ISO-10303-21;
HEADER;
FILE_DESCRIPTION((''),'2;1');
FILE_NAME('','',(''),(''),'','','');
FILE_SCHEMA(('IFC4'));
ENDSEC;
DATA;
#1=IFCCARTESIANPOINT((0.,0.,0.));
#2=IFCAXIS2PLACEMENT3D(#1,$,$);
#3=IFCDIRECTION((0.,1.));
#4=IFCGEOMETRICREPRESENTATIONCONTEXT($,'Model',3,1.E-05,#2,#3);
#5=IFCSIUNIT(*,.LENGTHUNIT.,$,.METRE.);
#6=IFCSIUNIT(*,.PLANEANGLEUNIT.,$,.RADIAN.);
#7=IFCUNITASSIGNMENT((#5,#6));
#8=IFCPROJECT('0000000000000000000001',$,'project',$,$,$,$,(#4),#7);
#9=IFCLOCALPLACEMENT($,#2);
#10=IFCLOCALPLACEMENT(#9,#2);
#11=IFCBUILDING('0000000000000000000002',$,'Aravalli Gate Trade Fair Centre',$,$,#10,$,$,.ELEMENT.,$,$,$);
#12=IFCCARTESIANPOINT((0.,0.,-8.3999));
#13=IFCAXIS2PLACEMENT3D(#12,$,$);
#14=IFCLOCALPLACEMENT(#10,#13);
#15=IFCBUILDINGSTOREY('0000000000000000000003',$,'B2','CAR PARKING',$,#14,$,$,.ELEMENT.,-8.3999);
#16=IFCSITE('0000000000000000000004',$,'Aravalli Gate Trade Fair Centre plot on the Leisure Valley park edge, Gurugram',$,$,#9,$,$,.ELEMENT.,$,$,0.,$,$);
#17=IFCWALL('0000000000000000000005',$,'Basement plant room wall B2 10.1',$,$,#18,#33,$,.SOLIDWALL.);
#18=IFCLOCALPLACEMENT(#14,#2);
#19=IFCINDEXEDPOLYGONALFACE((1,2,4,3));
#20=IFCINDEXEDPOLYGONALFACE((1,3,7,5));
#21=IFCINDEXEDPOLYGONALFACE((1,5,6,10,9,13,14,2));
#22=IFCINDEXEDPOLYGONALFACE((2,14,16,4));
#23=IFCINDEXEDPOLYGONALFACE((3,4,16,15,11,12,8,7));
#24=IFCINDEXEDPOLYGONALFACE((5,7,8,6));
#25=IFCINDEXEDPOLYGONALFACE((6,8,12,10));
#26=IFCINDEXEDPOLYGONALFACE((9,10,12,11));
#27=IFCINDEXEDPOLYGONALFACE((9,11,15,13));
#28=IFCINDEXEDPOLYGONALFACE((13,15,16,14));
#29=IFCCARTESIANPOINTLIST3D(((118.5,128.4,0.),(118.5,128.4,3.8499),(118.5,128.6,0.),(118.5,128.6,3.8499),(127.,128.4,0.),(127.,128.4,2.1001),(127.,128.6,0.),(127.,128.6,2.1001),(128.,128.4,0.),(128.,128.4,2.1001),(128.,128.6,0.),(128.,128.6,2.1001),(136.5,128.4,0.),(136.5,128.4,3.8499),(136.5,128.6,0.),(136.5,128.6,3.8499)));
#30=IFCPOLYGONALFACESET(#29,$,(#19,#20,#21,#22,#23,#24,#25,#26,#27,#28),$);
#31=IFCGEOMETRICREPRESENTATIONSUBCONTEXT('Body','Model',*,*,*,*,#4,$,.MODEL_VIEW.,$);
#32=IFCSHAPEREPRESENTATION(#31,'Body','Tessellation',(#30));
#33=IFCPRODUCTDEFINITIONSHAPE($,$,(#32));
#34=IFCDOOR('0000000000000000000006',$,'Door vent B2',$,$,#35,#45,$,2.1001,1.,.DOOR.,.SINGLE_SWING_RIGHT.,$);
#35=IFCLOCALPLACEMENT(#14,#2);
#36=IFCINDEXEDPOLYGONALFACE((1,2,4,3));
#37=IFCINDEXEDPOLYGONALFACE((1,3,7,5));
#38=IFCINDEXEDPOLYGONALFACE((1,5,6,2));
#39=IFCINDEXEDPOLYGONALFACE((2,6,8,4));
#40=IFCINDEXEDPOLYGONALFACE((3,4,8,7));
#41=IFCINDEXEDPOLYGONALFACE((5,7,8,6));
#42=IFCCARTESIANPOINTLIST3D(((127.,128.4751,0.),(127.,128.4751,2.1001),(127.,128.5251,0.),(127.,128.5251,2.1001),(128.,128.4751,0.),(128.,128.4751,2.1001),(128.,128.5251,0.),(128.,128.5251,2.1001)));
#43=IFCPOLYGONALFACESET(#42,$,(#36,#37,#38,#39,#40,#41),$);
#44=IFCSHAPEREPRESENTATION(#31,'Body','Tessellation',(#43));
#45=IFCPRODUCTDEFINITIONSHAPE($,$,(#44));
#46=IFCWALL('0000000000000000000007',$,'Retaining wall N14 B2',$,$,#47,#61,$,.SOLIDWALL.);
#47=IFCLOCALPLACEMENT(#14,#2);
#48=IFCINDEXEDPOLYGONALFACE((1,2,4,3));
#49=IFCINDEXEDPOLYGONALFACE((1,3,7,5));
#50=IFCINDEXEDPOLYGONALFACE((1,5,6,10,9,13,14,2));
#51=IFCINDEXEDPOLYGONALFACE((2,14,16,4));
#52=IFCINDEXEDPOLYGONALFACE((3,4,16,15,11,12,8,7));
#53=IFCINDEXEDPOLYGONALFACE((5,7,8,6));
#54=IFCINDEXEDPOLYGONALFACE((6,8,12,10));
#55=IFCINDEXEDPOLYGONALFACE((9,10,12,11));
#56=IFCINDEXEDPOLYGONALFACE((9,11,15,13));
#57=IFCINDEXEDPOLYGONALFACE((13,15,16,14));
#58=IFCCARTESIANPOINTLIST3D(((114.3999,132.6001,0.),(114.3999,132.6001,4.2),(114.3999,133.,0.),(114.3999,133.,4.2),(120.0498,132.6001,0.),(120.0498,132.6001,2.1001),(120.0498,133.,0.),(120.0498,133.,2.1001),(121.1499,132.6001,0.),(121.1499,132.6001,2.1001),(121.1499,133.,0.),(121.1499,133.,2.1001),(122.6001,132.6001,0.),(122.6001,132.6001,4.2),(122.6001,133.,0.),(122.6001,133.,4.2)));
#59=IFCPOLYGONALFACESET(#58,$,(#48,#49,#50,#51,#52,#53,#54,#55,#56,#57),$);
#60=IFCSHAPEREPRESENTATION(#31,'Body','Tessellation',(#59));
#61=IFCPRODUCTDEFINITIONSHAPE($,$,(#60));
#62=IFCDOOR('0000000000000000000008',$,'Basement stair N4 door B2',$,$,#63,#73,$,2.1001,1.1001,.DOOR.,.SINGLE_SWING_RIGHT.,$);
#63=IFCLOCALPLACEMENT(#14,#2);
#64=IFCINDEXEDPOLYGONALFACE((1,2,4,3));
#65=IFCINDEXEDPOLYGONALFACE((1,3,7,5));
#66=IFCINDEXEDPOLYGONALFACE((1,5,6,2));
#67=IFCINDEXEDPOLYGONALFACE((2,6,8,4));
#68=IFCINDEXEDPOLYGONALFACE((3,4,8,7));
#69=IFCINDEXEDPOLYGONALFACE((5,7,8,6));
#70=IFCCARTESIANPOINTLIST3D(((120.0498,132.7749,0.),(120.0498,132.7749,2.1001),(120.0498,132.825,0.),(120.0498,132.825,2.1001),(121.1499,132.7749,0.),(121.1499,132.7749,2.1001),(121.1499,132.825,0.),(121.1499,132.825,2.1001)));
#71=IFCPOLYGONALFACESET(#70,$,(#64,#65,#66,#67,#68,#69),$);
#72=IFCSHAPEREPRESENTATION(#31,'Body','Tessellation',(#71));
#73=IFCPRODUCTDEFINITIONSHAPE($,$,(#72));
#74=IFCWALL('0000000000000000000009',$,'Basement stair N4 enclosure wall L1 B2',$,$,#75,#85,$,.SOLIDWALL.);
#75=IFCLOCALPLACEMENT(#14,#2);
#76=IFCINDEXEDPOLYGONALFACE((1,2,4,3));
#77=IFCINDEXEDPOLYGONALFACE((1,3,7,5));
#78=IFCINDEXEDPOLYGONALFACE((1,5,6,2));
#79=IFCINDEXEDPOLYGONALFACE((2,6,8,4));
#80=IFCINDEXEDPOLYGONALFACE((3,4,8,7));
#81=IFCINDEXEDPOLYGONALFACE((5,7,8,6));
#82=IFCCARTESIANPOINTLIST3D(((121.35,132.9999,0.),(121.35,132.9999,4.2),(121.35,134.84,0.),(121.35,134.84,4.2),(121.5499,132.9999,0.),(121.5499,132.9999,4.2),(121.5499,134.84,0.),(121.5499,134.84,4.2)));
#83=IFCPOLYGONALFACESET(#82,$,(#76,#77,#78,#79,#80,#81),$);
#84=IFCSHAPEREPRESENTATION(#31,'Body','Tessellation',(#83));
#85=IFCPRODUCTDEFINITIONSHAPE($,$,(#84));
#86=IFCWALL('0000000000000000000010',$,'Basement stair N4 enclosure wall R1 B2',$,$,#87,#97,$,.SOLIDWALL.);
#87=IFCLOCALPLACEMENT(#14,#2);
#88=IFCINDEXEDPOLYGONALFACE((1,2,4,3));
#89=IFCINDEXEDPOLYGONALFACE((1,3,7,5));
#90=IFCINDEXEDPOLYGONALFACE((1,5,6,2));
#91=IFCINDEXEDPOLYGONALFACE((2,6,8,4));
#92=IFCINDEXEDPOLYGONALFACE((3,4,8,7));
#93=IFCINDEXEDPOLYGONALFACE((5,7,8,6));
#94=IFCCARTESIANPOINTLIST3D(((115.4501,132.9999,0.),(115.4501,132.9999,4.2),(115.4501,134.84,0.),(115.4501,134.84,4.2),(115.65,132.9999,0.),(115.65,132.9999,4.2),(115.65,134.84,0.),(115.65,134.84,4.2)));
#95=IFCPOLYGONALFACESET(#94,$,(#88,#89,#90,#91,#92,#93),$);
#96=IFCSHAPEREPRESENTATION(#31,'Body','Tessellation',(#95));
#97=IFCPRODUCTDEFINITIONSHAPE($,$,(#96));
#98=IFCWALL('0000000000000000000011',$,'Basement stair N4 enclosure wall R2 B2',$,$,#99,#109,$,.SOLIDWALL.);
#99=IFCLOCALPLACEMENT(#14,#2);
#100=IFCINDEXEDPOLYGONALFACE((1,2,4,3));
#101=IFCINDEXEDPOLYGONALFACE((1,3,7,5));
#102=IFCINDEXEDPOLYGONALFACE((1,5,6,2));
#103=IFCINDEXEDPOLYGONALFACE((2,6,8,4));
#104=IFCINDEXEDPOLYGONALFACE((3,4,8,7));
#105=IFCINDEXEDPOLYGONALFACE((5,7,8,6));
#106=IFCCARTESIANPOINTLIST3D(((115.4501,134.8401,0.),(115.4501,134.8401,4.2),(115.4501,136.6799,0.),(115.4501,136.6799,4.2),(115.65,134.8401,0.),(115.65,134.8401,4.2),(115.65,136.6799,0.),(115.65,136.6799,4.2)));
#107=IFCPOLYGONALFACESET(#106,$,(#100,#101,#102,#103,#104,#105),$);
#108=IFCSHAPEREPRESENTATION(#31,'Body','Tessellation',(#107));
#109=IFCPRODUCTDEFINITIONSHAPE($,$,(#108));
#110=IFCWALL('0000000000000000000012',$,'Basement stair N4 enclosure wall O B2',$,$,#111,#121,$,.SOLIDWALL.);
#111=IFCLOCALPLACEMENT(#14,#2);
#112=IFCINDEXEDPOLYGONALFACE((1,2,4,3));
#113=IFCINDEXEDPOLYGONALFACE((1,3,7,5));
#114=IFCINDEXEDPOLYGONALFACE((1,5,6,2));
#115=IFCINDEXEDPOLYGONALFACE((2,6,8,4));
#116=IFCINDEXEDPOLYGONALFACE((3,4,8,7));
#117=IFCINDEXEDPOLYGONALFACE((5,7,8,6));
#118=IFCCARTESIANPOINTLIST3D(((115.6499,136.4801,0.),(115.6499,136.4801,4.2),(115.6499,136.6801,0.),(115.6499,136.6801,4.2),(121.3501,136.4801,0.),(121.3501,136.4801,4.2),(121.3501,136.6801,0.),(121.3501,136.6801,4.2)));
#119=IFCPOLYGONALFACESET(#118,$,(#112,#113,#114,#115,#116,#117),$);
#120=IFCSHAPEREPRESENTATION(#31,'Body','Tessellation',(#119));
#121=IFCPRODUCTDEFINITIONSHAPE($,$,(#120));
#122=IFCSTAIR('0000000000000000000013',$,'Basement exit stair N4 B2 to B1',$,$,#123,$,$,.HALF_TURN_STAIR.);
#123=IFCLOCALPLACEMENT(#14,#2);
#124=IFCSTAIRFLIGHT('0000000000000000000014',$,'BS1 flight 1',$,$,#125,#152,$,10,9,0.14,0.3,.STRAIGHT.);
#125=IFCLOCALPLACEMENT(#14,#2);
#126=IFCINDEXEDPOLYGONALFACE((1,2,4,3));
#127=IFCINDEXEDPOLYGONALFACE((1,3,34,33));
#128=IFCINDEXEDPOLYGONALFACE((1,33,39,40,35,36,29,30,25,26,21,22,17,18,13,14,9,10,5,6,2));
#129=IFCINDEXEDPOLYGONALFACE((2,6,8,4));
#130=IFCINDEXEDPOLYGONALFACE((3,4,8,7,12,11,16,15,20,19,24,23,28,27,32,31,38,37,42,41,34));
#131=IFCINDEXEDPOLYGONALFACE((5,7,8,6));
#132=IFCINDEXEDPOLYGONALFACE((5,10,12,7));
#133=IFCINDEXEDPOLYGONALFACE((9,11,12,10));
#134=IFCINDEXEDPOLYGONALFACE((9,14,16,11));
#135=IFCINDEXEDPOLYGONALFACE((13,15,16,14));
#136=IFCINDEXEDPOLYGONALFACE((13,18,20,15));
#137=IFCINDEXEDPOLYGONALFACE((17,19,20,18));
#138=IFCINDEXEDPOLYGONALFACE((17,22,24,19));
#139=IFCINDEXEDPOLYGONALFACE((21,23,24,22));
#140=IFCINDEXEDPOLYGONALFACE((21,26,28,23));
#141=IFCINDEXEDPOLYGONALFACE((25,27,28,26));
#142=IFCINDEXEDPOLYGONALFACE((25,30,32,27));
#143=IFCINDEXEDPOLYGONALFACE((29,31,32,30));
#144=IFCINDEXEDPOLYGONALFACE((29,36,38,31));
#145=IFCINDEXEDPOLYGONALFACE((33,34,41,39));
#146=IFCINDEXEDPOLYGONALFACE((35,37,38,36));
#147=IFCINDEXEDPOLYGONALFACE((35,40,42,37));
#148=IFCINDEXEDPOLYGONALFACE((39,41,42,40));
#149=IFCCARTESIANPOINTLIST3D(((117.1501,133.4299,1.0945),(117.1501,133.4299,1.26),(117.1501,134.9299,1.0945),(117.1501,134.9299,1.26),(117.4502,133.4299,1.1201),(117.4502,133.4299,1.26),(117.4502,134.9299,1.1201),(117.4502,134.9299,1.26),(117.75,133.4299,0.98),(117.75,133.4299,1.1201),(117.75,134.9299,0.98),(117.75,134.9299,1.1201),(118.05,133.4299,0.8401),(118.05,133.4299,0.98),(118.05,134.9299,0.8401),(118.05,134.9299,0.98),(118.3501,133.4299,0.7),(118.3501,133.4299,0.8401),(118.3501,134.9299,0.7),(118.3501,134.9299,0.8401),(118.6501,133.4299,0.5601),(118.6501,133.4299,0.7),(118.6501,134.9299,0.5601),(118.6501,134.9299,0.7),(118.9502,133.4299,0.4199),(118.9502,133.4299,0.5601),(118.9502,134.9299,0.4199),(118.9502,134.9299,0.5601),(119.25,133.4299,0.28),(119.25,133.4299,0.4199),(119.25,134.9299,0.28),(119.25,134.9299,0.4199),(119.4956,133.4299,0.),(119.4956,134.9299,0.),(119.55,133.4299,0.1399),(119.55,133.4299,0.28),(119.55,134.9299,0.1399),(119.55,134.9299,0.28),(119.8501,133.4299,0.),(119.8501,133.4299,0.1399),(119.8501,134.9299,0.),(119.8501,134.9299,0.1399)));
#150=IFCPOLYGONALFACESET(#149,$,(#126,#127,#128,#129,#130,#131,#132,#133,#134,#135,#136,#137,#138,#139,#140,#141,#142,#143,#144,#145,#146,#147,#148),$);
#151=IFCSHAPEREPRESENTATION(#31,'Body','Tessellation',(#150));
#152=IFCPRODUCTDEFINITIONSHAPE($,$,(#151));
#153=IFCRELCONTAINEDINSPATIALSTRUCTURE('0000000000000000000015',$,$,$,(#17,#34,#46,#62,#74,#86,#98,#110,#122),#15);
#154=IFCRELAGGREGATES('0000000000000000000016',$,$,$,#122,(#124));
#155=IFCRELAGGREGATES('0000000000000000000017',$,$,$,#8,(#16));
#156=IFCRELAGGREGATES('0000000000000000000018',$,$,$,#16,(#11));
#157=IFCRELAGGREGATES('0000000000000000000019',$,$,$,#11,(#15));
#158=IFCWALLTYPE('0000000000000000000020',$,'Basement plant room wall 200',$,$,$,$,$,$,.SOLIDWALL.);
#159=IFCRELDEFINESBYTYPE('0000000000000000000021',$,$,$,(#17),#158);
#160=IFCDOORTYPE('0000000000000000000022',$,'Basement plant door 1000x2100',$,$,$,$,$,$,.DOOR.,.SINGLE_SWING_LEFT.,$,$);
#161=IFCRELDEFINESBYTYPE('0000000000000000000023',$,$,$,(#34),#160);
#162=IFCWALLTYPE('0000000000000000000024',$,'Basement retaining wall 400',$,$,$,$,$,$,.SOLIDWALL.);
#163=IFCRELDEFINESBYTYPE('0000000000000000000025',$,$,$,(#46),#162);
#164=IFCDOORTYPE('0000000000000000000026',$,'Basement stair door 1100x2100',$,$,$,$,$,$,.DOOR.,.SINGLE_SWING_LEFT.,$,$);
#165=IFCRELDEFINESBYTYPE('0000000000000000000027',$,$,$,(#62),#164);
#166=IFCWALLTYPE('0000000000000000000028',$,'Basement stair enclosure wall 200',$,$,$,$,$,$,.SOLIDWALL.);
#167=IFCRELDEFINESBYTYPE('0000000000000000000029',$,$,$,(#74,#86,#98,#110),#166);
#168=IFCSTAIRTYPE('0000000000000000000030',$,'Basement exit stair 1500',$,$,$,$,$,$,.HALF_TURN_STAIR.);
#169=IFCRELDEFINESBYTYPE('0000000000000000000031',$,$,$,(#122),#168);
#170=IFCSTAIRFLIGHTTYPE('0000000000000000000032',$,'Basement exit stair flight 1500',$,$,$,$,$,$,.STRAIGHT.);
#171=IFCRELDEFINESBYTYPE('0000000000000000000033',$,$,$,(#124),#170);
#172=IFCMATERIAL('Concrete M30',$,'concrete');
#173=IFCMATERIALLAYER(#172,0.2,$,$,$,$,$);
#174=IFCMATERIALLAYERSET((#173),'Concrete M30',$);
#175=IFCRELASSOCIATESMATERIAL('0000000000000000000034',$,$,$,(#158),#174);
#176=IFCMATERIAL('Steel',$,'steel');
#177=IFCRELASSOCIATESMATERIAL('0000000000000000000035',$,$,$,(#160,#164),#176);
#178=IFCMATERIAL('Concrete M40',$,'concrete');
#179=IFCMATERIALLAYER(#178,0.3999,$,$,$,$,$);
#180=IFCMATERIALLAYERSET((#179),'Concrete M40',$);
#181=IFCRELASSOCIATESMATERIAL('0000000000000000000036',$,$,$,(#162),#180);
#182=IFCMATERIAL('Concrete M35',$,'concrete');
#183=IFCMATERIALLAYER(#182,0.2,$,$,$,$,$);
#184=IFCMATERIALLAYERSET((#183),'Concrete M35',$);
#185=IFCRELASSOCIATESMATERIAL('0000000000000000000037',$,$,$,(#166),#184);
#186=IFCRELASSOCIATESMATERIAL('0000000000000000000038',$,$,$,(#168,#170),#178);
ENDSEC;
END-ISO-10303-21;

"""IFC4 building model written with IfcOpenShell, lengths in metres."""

from ifc_helpers import new_model, si_unit, direction, frame, frame_2d, origin, place, context, subcontext, project, spatial, polyline, rectangle, outline, extrude, material, layer, layer_set, type_object, element, fill, aggregate, save


model = new_model("IFC4")

# Units and contexts
model_context = context("Model", 3, precision=1e-05, world=origin(), true_north=direction((0.0, 1.0)))
body_context = subcontext(model_context, "Body", "Model", "MODEL_VIEW")
ifc_project = project(units=[si_unit("LENGTHUNIT", "METRE"), si_unit("PLANEANGLEUNIT", "RADIAN")], contexts=[model_context])

# Site, building, storey
site_placement = place(None, origin())
site = spatial("IfcSite", under=ifc_project, at=site_placement, Name="Aravalli Gate Trade Fair Centre plot on the Leisure Valley park edge, Gurugram", CompositionType="ELEMENT", RefElevation=0.0)
building_placement = place(site_placement, origin())
building = spatial("IfcBuilding", under=site, at=building_placement, Name="Aravalli Gate Trade Fair Centre", CompositionType="ELEMENT")
storey_placement = place(building_placement, frame((0.0, 0.0, -8.3999)))
storey = spatial("IfcBuildingStorey", under=building, at=storey_placement, Name="B2", Description="CAR PARKING", CompositionType="ELEMENT", Elevation=-8.3999)

# Shared definitions
ifc_material_1 = material(Name="Concrete M35", Category="concrete")

# Walls, openings, doors
ifc_material_2 = material(Name="Concrete M30", Category="concrete")
ifc_layer_1 = layer(ifc_material_2, 0.2)
ifc_layer_set_1 = layer_set([ifc_layer_1], Name="Concrete M30")
wall_type_1 = type_object("IfcWallType", Name="Basement plant room wall 200", PredefinedType="SOLIDWALL", material=ifc_layer_set_1)
wall_1_placement = place(storey_placement, frame((118.5, 128.5, 0.0), z_axis=(0.0, 0.0, 1.0), x_axis=(1.0, 0.0, 0.0)))
wall_1 = element("IfcWall", 1, at=wall_1_placement, inside=storey, type_object=wall_type_1, Name="Basement plant room wall B2 10.1", PredefinedType="SOLIDWALL", context=body_context, shape_type="SweptSolid", body=[
    extrude(rectangle(XDim=18.0, YDim=0.2, at=frame_2d((9.0, 0.0))), origin(), (0.0, 0.0, 1.0), 3.8499),
])
opening_1_placement = place(wall_1_placement, frame((8.5, 0.0, 0.0)))
opening_1 = element("IfcOpeningElement", 2, at=opening_1_placement, cuts=wall_1, PredefinedType="OPENING", context=body_context, shape_type="SweptSolid", body=[
    extrude(rectangle(XDim=1.0, YDim=2.1001, at=frame_2d((0.5, 1.05))), frame((0.0, 0.1099, 0.0), z_axis=(0.0, -1.0, 0.0), x_axis=(1.0, 0.0, 0.0)), (0.0, 0.0, 1.0), 0.22),
])
ifc_material_3 = material(Name="Steel", Category="steel")
door_type_1 = type_object("IfcDoorType", Name="Basement plant door 1000x2100", OperationType="SINGLE_SWING_LEFT", PredefinedType="DOOR", material=ifc_material_3)
door_1_placement = place(opening_1_placement, frame((1.0, 0.0, 0.0), z_axis=(0.0, 0.0, 1.0), x_axis=(-1.0, 0.0, 0.0)))
door_1 = element("IfcDoor", 3, at=door_1_placement, inside=storey, type_object=door_type_1, Name="Door vent B2", OperationType="SINGLE_SWING_RIGHT", OverallHeight=2.1001, OverallWidth=1.0, PredefinedType="DOOR", context=body_context, shape_type="SweptSolid", body=[
    extrude(rectangle(XDim=1.0, YDim=2.1001, at=frame_2d((0.5, 1.05))), frame((0.0, 0.0249, 0.0), z_axis=(0.0, -1.0, 0.0), x_axis=(1.0, 0.0, 0.0)), (0.0, 0.0, 1.0), 0.05),
])
fill(opening_1, door_1)
ifc_material_4 = material(Name="Concrete M40", Category="concrete")
ifc_layer_2 = layer(ifc_material_4, 0.3999)
ifc_layer_set_2 = layer_set([ifc_layer_2], Name="Concrete M40")
wall_type_2 = type_object("IfcWallType", Name="Basement retaining wall 400", PredefinedType="SOLIDWALL", material=ifc_layer_set_2)
wall_2_placement = place(storey_placement, frame((114.3999, 132.8, 0.0), z_axis=(0.0, 0.0, 1.0), x_axis=(1.0, 0.0, 0.0)))
wall_2 = element("IfcWall", 4, at=wall_2_placement, inside=storey, type_object=wall_type_2, Name="Retaining wall N14 B2", PredefinedType="SOLIDWALL", context=body_context, shape_type="SweptSolid", body=[
    extrude(rectangle(XDim=8.2002, YDim=0.3999, at=frame_2d((4.1001, 0.0))), origin(), (0.0, 0.0, 1.0), 4.2),
])
opening_2_placement = place(wall_2_placement, frame((5.6499, 0.0, 0.0)))
opening_2 = element("IfcOpeningElement", 5, at=opening_2_placement, cuts=wall_2, PredefinedType="OPENING", context=body_context, shape_type="SweptSolid", body=[
    extrude(rectangle(XDim=1.1001, YDim=2.1001, at=frame_2d((0.55, 1.05))), frame((0.0, 0.21, 0.0), z_axis=(0.0, -1.0, 0.0), x_axis=(1.0, 0.0, 0.0)), (0.0, 0.0, 1.0), 0.4199),
])
door_type_2 = type_object("IfcDoorType", Name="Basement stair door 1100x2100", OperationType="SINGLE_SWING_LEFT", PredefinedType="DOOR", material=ifc_material_3)
door_2_placement = place(opening_2_placement, origin())
door_2 = element("IfcDoor", 6, at=door_2_placement, inside=storey, type_object=door_type_2, Name="Basement stair N4 door B2", OperationType="SINGLE_SWING_RIGHT", OverallHeight=2.1001, OverallWidth=1.1001, PredefinedType="DOOR", context=body_context, shape_type="SweptSolid", body=[
    extrude(rectangle(XDim=1.1001, YDim=2.1001, at=frame_2d((0.55, 1.05))), frame((0.0, 0.0249, 0.0), z_axis=(0.0, -1.0, 0.0), x_axis=(1.0, 0.0, 0.0)), (0.0, 0.0, 1.0), 0.05),
])
fill(opening_2, door_2)

# Walls
ifc_layer_3 = layer(ifc_material_1, 0.2)
ifc_layer_set_3 = layer_set([ifc_layer_3], Name="Concrete M35")
wall_type_3 = type_object("IfcWallType", Name="Basement stair enclosure wall 200", PredefinedType="SOLIDWALL", material=ifc_layer_set_3)
for number, where, z_axis, x_axis, name in (
    (7, (121.45, 133.0, 0.0), (0.0, 0.0, 1.0), (0.0, 1.0, 0.0), "Basement stair N4 enclosure wall L1 B2"),
    (8, (115.55, 133.0, 0.0), (0.0, 0.0, 1.0), (0.0, 1.0, 0.0), "Basement stair N4 enclosure wall R1 B2"),
):
    element("IfcWall", number, at=place(storey_placement, frame(where, z_axis=z_axis, x_axis=x_axis)), inside=storey, type_object=wall_type_3, Name=name, PredefinedType="SOLIDWALL", context=body_context, shape_type="SweptSolid", body=[
        extrude(rectangle(XDim=1.8401, YDim=0.2, at=frame_2d((0.9199, 0.0))), origin(), (0.0, 0.0, 1.0), 4.2),
    ])
wall_3_placement = place(storey_placement, frame((115.55, 134.8401, 0.0), z_axis=(0.0, 0.0, 1.0), x_axis=(0.0, 1.0, 0.0)))
element("IfcWall", 9, at=wall_3_placement, inside=storey, type_object=wall_type_3, Name="Basement stair N4 enclosure wall R2 B2", PredefinedType="SOLIDWALL", context=body_context, shape_type="SweptSolid", body=[
    extrude(rectangle(XDim=1.8398, YDim=0.2, at=frame_2d((0.9199, 0.0))), origin(), (0.0, 0.0, 1.0), 4.2),
])
wall_4_placement = place(storey_placement, frame((121.3501, 136.5801, 0.0), z_axis=(0.0, 0.0, 1.0), x_axis=(-1.0, 0.0, 0.0)))
element("IfcWall", 10, at=wall_4_placement, inside=storey, type_object=wall_type_3, Name="Basement stair N4 enclosure wall O B2", PredefinedType="SOLIDWALL", context=body_context, shape_type="SweptSolid", body=[
    extrude(rectangle(XDim=5.7002, YDim=0.2, at=frame_2d((2.8501, 0.0))), origin(), (0.0, 0.0, 1.0), 4.2),
])

# Stair, stair flight
stair_type = type_object("IfcStairType", Name="Basement exit stair 1500", PredefinedType="HALF_TURN_STAIR", material=ifc_material_4)
stair_placement = place(storey_placement, origin())
stair = element("IfcStair", 11, at=stair_placement, inside=storey, type_object=stair_type, Name="Basement exit stair N4 B2 to B1", PredefinedType="HALF_TURN_STAIR")
stair_flight_type = type_object("IfcStairFlightType", Name="Basement exit stair flight 1500", PredefinedType="STRAIGHT", material=ifc_material_4)
stair_flight_1_placement = place(storey_placement, frame((119.8501, 134.1799, 0.0), z_axis=(0.0, 0.0, 1.0), x_axis=(-1.0, 0.0, 0.0)))
stair_flight_1 = element("IfcStairFlight", 12, at=stair_flight_1_placement, type_object=stair_flight_type, Name="BS1 flight 1", NumberOfRisers=10, NumberOfTreads=9, PredefinedType="STRAIGHT", RiserHeight=0.14, TreadLength=0.3, context=body_context, shape_type="SweptSolid", body=[
    extrude(outline(polyline([(0.0, 0.0), (0.0, 0.1399), (0.3, 0.1399), (0.3, 0.28), (0.6001, 0.28), (0.6001, 0.4199), (0.8999, 0.4199), (0.8999, 0.5601), (1.2, 0.5601), (1.2, 0.7), (1.5, 0.7), (1.5, 0.8401), (1.8, 0.8401), (1.8, 0.98), (2.1001, 0.98), (2.1001, 1.1201), (2.3999, 1.1201), (2.3999, 1.26), (2.7, 1.26), (2.7, 1.3999), (2.7, 1.0945), (0.3545, 0.0), (0.0, 0.0)])), frame((0.0, 0.75, 0.0), z_axis=(0.0, -1.0, 0.0), x_axis=(1.0, 0.0, 0.0)), (0.0, 0.0, 1.0), 1.5),
])
aggregate(stair, [stair_flight_1])

save(model, "model.ifc")
